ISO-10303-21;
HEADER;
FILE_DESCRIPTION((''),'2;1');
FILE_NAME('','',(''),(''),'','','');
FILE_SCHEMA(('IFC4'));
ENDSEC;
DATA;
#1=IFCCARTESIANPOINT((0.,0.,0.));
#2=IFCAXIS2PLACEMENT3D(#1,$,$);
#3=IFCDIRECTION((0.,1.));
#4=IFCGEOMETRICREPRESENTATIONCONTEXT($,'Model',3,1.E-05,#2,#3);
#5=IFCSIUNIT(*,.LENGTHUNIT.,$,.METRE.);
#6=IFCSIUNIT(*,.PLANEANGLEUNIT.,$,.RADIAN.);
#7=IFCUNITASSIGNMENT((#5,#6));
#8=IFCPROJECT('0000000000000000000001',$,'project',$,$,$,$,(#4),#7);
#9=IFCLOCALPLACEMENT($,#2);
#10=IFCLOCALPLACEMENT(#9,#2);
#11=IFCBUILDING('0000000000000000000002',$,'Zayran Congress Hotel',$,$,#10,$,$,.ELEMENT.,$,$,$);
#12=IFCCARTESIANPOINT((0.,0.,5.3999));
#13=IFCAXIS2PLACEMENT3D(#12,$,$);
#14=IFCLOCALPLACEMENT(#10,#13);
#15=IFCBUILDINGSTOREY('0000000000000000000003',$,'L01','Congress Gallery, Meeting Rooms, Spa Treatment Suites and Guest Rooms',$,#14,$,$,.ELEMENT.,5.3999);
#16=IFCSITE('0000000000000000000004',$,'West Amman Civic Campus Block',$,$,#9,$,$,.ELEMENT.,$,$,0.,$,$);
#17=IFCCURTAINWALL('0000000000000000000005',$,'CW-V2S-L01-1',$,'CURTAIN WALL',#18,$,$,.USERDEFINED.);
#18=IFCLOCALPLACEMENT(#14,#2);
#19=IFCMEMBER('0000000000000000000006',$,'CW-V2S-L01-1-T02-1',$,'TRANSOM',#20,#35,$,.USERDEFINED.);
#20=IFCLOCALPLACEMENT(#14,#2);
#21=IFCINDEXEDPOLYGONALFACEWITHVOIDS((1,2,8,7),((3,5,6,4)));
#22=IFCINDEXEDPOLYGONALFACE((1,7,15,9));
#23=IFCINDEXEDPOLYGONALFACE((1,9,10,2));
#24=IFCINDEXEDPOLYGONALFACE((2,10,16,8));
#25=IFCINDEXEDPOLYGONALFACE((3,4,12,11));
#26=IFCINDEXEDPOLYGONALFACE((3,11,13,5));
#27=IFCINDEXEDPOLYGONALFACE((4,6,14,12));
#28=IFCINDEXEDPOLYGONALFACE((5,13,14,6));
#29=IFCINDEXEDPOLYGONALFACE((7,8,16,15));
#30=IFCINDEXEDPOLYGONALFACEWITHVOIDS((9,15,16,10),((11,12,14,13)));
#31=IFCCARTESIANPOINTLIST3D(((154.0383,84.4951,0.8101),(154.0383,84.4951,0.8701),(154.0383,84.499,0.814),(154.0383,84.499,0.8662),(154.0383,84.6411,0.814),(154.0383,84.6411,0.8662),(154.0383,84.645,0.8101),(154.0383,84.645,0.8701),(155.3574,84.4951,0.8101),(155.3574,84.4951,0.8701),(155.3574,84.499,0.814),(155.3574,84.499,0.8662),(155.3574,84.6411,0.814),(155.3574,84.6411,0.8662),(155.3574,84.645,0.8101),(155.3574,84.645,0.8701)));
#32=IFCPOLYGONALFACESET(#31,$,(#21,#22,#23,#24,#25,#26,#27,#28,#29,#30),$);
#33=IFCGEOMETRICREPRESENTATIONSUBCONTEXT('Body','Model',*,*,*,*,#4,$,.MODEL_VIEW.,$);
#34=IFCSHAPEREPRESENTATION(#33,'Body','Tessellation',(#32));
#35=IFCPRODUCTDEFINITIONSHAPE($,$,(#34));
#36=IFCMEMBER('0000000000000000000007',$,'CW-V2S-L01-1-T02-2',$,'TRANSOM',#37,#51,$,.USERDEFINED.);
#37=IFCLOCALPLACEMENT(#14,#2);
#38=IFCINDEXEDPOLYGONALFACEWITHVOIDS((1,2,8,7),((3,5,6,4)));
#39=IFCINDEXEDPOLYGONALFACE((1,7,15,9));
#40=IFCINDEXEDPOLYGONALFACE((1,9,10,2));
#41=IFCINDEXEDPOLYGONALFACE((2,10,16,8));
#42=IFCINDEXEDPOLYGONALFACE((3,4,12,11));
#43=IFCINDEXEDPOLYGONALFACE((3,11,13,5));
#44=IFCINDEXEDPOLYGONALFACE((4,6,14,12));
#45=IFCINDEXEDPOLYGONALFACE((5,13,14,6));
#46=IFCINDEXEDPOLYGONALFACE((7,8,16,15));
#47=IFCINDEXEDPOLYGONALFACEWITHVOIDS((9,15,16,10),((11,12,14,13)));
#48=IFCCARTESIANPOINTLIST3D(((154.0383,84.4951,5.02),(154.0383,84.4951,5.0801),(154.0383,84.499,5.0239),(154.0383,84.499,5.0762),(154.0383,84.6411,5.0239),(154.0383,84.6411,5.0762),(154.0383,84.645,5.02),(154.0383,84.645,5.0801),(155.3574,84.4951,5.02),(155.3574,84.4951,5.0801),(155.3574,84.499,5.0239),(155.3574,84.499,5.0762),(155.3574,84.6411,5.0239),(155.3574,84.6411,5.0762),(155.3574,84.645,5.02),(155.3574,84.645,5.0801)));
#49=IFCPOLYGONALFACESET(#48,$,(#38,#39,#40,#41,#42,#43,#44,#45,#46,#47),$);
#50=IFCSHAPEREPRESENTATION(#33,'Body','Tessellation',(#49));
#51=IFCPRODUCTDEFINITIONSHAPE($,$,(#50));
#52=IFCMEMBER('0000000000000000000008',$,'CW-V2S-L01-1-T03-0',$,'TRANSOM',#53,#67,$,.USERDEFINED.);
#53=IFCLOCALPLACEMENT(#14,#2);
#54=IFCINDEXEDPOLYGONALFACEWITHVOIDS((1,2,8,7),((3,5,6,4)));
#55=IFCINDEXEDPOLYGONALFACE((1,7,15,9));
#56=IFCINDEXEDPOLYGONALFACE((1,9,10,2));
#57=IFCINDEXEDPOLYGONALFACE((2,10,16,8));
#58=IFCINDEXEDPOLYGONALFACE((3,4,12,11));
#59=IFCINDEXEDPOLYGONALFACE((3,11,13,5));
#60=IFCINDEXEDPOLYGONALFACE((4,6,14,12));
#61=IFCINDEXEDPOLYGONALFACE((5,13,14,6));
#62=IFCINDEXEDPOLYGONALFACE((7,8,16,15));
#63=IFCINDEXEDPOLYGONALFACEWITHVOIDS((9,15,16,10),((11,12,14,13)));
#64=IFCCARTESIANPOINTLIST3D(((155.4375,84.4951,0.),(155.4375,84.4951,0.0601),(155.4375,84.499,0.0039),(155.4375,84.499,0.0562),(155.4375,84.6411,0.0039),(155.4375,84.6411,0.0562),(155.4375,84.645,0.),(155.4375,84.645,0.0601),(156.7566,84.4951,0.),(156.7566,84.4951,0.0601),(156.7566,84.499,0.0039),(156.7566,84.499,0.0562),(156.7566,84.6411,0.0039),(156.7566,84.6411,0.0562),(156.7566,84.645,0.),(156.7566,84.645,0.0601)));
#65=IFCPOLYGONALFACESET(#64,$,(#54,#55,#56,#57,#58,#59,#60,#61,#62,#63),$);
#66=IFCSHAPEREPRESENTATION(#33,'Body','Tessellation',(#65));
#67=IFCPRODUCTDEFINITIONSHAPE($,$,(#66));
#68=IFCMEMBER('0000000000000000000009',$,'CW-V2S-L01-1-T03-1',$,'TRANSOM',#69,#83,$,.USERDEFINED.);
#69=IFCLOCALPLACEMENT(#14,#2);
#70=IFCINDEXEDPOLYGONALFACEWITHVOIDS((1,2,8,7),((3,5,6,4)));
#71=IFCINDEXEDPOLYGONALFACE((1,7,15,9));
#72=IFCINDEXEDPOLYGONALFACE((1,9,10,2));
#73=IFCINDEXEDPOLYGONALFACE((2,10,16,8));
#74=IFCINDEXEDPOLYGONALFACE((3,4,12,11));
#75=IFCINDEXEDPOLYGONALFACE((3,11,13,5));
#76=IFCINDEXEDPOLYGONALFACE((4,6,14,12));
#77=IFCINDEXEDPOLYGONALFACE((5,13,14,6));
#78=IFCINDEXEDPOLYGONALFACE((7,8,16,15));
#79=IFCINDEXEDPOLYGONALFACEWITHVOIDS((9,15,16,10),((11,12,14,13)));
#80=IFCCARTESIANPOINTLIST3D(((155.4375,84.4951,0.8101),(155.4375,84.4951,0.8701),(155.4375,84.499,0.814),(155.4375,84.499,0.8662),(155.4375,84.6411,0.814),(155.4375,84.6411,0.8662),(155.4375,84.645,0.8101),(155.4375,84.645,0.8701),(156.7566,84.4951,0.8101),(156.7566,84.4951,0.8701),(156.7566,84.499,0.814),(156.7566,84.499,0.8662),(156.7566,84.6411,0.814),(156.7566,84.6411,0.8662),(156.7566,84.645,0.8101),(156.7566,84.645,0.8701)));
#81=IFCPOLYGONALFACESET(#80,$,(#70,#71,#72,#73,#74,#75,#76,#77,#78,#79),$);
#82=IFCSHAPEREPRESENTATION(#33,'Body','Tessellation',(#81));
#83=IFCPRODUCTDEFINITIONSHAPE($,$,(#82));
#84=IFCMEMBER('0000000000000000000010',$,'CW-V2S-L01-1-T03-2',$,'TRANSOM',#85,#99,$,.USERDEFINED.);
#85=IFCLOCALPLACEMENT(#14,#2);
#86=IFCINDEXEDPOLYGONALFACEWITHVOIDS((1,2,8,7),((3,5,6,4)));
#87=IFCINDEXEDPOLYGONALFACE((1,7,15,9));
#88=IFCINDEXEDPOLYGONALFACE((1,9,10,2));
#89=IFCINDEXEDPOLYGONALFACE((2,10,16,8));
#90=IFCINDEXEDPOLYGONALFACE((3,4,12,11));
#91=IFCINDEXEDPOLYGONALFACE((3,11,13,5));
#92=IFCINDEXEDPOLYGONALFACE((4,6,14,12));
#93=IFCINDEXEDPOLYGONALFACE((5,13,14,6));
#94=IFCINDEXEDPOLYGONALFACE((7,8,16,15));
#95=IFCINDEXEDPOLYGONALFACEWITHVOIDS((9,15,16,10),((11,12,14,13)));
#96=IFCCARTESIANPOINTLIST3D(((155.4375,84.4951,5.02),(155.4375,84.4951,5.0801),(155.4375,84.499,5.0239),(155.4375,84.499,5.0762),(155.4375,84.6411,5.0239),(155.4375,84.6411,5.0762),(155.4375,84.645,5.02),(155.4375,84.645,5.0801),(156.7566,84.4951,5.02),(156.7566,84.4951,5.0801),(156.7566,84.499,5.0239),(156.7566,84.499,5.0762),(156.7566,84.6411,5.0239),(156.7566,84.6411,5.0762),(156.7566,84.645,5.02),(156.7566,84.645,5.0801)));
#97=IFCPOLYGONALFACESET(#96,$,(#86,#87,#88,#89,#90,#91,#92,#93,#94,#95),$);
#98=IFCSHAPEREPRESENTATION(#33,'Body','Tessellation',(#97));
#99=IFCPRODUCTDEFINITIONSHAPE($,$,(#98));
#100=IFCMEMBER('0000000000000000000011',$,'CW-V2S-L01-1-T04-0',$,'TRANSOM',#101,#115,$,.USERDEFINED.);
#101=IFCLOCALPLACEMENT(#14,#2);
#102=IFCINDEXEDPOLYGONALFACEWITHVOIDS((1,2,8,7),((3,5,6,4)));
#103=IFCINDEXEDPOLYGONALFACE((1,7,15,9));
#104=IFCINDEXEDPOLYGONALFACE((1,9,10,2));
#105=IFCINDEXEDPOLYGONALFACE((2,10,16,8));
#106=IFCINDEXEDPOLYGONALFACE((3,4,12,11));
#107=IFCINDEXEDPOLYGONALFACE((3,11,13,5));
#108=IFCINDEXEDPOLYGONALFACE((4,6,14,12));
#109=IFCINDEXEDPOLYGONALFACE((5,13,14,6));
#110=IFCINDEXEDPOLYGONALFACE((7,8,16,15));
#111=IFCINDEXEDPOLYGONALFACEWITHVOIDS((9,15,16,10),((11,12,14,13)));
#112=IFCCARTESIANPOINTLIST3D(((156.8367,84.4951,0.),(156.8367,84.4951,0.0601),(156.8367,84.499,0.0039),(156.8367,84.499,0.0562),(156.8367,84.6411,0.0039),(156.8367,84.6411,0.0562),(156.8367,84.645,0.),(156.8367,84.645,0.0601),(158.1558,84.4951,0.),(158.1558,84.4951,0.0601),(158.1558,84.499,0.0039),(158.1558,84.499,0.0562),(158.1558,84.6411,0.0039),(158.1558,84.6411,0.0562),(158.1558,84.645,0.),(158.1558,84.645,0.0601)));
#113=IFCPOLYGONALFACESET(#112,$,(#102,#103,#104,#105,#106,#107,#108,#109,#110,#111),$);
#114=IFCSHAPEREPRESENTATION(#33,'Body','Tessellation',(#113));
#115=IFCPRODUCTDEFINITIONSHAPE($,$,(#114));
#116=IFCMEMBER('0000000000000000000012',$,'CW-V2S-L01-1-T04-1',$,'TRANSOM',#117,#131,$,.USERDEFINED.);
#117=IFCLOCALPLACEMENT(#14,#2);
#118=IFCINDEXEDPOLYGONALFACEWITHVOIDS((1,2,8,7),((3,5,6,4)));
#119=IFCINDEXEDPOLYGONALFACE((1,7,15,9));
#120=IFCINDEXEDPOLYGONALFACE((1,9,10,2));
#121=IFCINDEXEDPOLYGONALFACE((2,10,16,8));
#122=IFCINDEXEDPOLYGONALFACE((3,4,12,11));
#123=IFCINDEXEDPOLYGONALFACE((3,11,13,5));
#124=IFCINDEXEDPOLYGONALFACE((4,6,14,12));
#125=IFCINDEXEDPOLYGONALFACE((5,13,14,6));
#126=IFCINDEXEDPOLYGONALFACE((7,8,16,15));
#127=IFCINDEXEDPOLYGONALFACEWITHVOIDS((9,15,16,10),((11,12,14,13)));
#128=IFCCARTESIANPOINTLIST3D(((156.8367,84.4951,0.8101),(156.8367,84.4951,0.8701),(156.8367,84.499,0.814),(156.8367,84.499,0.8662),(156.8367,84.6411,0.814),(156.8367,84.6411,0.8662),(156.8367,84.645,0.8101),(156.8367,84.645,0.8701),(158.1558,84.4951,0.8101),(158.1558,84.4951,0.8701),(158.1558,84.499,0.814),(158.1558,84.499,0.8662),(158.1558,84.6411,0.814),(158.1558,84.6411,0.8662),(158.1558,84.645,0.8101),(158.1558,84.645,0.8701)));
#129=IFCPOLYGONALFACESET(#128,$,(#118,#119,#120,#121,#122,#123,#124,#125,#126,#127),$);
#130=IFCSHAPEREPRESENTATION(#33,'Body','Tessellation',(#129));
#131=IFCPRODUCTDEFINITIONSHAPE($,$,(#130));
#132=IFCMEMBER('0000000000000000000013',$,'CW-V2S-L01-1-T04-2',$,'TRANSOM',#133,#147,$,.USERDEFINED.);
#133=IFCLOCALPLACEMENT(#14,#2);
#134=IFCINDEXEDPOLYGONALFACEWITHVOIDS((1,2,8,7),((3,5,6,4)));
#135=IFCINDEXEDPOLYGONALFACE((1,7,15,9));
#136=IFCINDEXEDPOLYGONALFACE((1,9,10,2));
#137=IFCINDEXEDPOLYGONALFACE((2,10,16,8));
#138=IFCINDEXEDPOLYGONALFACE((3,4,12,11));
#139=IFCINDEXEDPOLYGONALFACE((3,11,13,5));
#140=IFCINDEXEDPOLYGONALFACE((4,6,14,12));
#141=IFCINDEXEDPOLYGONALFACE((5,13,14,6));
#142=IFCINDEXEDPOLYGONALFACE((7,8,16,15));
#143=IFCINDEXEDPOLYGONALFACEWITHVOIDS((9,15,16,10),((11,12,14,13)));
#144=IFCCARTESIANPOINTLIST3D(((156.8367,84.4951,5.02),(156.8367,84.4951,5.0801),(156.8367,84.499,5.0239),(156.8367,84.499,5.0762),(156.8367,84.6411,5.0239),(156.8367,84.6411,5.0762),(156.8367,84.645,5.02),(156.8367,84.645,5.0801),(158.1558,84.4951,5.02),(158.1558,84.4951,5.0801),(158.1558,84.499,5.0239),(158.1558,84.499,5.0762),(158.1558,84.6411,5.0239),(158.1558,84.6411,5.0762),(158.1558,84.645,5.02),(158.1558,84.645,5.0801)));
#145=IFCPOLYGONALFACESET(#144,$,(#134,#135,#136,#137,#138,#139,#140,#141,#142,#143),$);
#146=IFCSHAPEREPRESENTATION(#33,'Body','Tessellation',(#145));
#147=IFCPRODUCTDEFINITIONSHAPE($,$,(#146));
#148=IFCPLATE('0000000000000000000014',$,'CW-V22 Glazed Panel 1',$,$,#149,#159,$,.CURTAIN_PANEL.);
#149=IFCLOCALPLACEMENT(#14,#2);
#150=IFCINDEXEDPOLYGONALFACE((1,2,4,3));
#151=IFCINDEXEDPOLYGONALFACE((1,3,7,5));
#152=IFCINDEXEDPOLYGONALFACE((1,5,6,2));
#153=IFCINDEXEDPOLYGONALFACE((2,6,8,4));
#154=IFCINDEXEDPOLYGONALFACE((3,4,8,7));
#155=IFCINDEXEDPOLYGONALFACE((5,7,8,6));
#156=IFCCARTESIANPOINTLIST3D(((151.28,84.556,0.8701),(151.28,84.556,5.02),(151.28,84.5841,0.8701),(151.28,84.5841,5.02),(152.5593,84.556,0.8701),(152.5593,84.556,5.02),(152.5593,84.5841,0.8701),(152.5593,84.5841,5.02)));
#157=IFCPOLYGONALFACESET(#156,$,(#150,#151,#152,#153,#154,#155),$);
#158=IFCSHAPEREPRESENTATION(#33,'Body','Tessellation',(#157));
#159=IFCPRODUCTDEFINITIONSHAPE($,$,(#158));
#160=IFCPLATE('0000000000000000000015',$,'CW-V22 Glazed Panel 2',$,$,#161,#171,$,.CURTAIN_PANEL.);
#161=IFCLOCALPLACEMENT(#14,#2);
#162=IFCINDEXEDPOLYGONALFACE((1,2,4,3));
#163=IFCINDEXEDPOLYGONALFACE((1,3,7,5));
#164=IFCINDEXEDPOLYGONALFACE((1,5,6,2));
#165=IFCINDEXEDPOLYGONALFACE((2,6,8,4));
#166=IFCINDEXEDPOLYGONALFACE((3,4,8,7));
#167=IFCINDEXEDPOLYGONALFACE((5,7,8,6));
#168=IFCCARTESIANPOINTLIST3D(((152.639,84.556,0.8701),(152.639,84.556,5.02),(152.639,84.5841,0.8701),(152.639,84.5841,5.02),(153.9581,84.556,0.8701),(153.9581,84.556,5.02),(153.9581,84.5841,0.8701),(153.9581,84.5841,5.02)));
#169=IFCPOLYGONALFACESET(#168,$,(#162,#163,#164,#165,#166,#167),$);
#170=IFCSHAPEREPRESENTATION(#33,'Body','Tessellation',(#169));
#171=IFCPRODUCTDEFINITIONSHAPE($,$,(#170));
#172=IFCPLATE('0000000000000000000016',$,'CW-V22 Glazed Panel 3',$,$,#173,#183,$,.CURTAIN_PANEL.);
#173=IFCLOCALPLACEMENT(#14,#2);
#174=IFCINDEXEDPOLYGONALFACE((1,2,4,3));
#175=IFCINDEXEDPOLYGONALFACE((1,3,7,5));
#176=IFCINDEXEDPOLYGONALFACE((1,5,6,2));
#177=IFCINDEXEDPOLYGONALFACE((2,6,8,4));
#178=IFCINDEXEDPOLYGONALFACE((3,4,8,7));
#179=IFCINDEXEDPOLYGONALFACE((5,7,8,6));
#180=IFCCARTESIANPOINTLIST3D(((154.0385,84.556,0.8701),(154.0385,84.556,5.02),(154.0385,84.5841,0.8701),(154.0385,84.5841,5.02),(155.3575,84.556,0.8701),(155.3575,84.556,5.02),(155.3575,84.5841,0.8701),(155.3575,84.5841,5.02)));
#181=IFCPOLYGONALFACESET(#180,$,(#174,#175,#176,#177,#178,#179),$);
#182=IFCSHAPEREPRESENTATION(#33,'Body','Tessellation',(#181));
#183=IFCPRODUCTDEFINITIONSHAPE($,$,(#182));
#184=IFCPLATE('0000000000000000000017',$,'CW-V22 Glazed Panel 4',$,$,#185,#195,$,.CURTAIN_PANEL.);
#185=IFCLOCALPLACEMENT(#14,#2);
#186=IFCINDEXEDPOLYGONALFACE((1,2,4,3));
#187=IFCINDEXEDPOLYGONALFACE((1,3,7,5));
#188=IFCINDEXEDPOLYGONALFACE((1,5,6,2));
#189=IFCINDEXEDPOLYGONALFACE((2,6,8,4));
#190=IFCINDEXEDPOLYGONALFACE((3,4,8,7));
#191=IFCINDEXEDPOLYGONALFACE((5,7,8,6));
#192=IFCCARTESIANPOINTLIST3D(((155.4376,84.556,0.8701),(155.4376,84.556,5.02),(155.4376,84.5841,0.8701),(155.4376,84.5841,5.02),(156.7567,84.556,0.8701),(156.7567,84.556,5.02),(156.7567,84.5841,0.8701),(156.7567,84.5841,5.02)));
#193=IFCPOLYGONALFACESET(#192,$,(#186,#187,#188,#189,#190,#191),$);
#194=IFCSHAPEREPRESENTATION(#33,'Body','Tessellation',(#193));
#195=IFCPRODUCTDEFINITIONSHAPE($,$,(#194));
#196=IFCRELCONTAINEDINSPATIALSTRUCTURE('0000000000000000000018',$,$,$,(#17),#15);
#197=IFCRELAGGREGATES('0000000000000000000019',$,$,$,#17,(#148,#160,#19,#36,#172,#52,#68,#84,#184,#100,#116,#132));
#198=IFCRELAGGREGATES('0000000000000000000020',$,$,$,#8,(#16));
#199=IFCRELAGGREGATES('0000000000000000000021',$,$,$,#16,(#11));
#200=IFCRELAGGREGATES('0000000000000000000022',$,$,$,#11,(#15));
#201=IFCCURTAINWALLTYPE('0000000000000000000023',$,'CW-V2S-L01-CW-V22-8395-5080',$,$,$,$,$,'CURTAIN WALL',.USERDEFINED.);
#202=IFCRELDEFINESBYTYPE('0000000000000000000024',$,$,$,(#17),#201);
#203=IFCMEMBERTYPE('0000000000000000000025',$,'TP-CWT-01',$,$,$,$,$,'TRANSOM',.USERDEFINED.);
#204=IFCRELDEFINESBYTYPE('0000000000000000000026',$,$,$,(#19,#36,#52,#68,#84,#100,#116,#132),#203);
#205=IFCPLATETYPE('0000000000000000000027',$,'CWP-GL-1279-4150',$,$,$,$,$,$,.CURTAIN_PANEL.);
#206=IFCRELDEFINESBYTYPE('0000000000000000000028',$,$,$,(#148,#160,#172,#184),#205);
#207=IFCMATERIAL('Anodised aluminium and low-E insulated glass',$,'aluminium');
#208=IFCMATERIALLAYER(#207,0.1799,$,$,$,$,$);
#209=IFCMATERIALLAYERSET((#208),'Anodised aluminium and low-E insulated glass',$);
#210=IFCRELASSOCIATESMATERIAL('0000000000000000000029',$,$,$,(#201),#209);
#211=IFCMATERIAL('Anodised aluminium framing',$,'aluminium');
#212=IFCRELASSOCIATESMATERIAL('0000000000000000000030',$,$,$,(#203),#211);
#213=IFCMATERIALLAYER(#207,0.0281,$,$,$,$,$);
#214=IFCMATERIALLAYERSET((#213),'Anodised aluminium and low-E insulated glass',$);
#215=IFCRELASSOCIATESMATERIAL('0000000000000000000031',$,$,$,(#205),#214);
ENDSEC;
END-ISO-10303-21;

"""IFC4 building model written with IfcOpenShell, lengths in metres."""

from ifc_helpers import new_model, si_unit, direction, frame, origin, origin_2d, place, context, subcontext, project, spatial, rectangle, hollow_rectangle, extrude, material, layer, layer_set, material_profile, profile_set, type_object, element, aggregate, save


model = new_model("IFC4")

# Units and contexts
model_context = context("Model", 3, precision=1e-05, world=origin(), true_north=direction((0.0, 1.0)))
body_context = subcontext(model_context, "Body", "Model", "MODEL_VIEW")
ifc_project = project(units=[si_unit("LENGTHUNIT", "METRE"), si_unit("PLANEANGLEUNIT", "RADIAN")], contexts=[model_context])

# Site, building, storey
site_placement = place(None, origin())
site = spatial("IfcSite", under=ifc_project, at=site_placement, Name="West Amman Civic Campus Block", CompositionType="ELEMENT", RefElevation=0.0)
building_placement = place(site_placement, origin())
building = spatial("IfcBuilding", under=site, at=building_placement, Name="Zayran Congress Hotel", CompositionType="ELEMENT")
storey_placement = place(building_placement, frame((0.0, 0.0, 5.3999)))
storey = spatial("IfcBuildingStorey", under=building, at=storey_placement, Name="L01", Description="Congress Gallery, Meeting Rooms, Spa Treatment Suites and Guest Rooms", CompositionType="ELEMENT", Elevation=5.3999)

# Curtain wall, members, plates
ifc_material_1 = material(Name="Anodised aluminium and low-E insulated glass", Category="aluminium")
ifc_layer_1 = layer(ifc_material_1, 0.1799)
ifc_layer_set_1 = layer_set([ifc_layer_1], Name="Anodised aluminium and low-E insulated glass")
curtain_wall_type = type_object("IfcCurtainWallType", Name="CW-V2S-L01-CW-V22-8395-5080", ElementType="CURTAIN WALL", PredefinedType="USERDEFINED", material=ifc_layer_set_1)
curtain_wall_placement = place(storey_placement, origin())
curtain_wall = element("IfcCurtainWall", 1, at=curtain_wall_placement, inside=storey, type_object=curtain_wall_type, Name="CW-V2S-L01-1", ObjectType="CURTAIN WALL", PredefinedType="USERDEFINED")
ifc_material_2 = material(Name="Anodised aluminium framing", Category="aluminium")
ifc_material_profile_1 = material_profile(ifc_material_2, hollow_rectangle(XDim=0.0601, YDim=0.1499, WallThickness=0.0039, at=origin_2d()), Name="RHS 150x60x4")
ifc_profile_set_1 = profile_set([ifc_material_profile_1], Name="Anodised aluminium framing")
member_type_1 = type_object("IfcMemberType", Name="TP-CWT-01", ElementType="TRANSOM", PredefinedType="USERDEFINED", material=ifc_profile_set_1)
member_1_placement = place(storey_placement, frame((154.0383, 84.5701, 0.8401), z_axis=(1.0, 0.0, 0.0), x_axis=(0.0, 0.0, 1.0)))
member_1 = element("IfcMember", 2, at=member_1_placement, type_object=member_type_1, Name="CW-V2S-L01-1-T02-1", ObjectType="TRANSOM", PredefinedType="USERDEFINED", context=body_context, shape_type="SweptSolid", body=[
    extrude(hollow_rectangle(XDim=0.0601, YDim=0.1499, WallThickness=0.0039, at=origin_2d()), origin(), (0.0, 0.0, 1.0), 1.3191),
])
member_2_placement = place(storey_placement, frame((154.0383, 84.5701, 5.05), z_axis=(1.0, 0.0, 0.0), x_axis=(0.0, 0.0, 1.0)))
member_2 = element("IfcMember", 3, at=member_2_placement, type_object=member_type_1, Name="CW-V2S-L01-1-T02-2", ObjectType="TRANSOM", PredefinedType="USERDEFINED", context=body_context, shape_type="SweptSolid", body=[
    extrude(hollow_rectangle(XDim=0.0601, YDim=0.1499, WallThickness=0.0039, at=origin_2d()), origin(), (0.0, 0.0, 1.0), 1.3191),
])
member_3_placement = place(storey_placement, frame((155.4375, 84.5701, 0.03), z_axis=(1.0, 0.0, 0.0), x_axis=(0.0, 0.0, 1.0)))
member_3 = element("IfcMember", 4, at=member_3_placement, type_object=member_type_1, Name="CW-V2S-L01-1-T03-0", ObjectType="TRANSOM", PredefinedType="USERDEFINED", context=body_context, shape_type="SweptSolid", body=[
    extrude(hollow_rectangle(XDim=0.0601, YDim=0.1499, WallThickness=0.0039, at=origin_2d()), origin(), (0.0, 0.0, 1.0), 1.3191),
])
member_4_placement = place(storey_placement, frame((155.4375, 84.5701, 0.8401), z_axis=(1.0, 0.0, 0.0), x_axis=(0.0, 0.0, 1.0)))
member_4 = element("IfcMember", 5, at=member_4_placement, type_object=member_type_1, Name="CW-V2S-L01-1-T03-1", ObjectType="TRANSOM", PredefinedType="USERDEFINED", context=body_context, shape_type="SweptSolid", body=[
    extrude(hollow_rectangle(XDim=0.0601, YDim=0.1499, WallThickness=0.0039, at=origin_2d()), origin(), (0.0, 0.0, 1.0), 1.3191),
])
member_5_placement = place(storey_placement, frame((155.4375, 84.5701, 5.05), z_axis=(1.0, 0.0, 0.0), x_axis=(0.0, 0.0, 1.0)))
member_5 = element("IfcMember", 6, at=member_5_placement, type_object=member_type_1, Name="CW-V2S-L01-1-T03-2", ObjectType="TRANSOM", PredefinedType="USERDEFINED", context=body_context, shape_type="SweptSolid", body=[
    extrude(hollow_rectangle(XDim=0.0601, YDim=0.1499, WallThickness=0.0039, at=origin_2d()), origin(), (0.0, 0.0, 1.0), 1.3191),
])
member_6_placement = place(storey_placement, frame((156.8367, 84.5701, 0.03), z_axis=(1.0, 0.0, 0.0), x_axis=(0.0, 0.0, 1.0)))
member_6 = element("IfcMember", 7, at=member_6_placement, type_object=member_type_1, Name="CW-V2S-L01-1-T04-0", ObjectType="TRANSOM", PredefinedType="USERDEFINED", context=body_context, shape_type="SweptSolid", body=[
    extrude(hollow_rectangle(XDim=0.0601, YDim=0.1499, WallThickness=0.0039, at=origin_2d()), origin(), (0.0, 0.0, 1.0), 1.3191),
])
member_7_placement = place(storey_placement, frame((156.8367, 84.5701, 0.8401), z_axis=(1.0, 0.0, 0.0), x_axis=(0.0, 0.0, 1.0)))
member_7 = element("IfcMember", 8, at=member_7_placement, type_object=member_type_1, Name="CW-V2S-L01-1-T04-1", ObjectType="TRANSOM", PredefinedType="USERDEFINED", context=body_context, shape_type="SweptSolid", body=[
    extrude(hollow_rectangle(XDim=0.0601, YDim=0.1499, WallThickness=0.0039, at=origin_2d()), origin(), (0.0, 0.0, 1.0), 1.3191),
])
member_8_placement = place(storey_placement, frame((156.8367, 84.5701, 5.05), z_axis=(1.0, 0.0, 0.0), x_axis=(0.0, 0.0, 1.0)))
member_8 = element("IfcMember", 9, at=member_8_placement, type_object=member_type_1, Name="CW-V2S-L01-1-T04-2", ObjectType="TRANSOM", PredefinedType="USERDEFINED", context=body_context, shape_type="SweptSolid", body=[
    extrude(hollow_rectangle(XDim=0.0601, YDim=0.1499, WallThickness=0.0039, at=origin_2d()), origin(), (0.0, 0.0, 1.0), 1.3191),
])
ifc_layer_2 = layer(ifc_material_1, 0.0281)
ifc_layer_set_2 = layer_set([ifc_layer_2], Name="Anodised aluminium and low-E insulated glass")
plate_type_1 = type_object("IfcPlateType", Name="CWP-GL-1279-4150", PredefinedType="CURTAIN_PANEL", material=ifc_layer_set_2)
plate_1_placement = place(storey_placement, frame((151.9197, 84.5701, 0.8701), z_axis=(0.0, 0.0, 1.0), x_axis=(1.0, 0.0, 0.0)))
plate_1 = element("IfcPlate", 10, at=plate_1_placement, type_object=plate_type_1, Name="CW-V22 Glazed Panel 1", PredefinedType="CURTAIN_PANEL", context=body_context, shape_type="SweptSolid", body=[
    extrude(rectangle(XDim=1.2793, YDim=0.0281, at=origin_2d()), origin(), (0.0, 0.0, 1.0), 4.1499),
])
plate_2_placement = place(storey_placement, frame((153.2986, 84.5701, 0.8701), z_axis=(0.0, 0.0, 1.0), x_axis=(1.0, 0.0, 0.0)))
plate_2 = element("IfcPlate", 11, at=plate_2_placement, type_object=plate_type_1, Name="CW-V22 Glazed Panel 2", PredefinedType="CURTAIN_PANEL", context=body_context, shape_type="SweptSolid", body=[
    extrude(rectangle(XDim=1.3191, YDim=0.0281, at=origin_2d()), origin(), (0.0, 0.0, 1.0), 4.1499),
])
plate_3_placement = place(storey_placement, frame((154.698, 84.5701, 0.8701), z_axis=(0.0, 0.0, 1.0), x_axis=(1.0, 0.0, 0.0)))
plate_3 = element("IfcPlate", 12, at=plate_3_placement, type_object=plate_type_1, Name="CW-V22 Glazed Panel 3", PredefinedType="CURTAIN_PANEL", context=body_context, shape_type="SweptSolid", body=[
    extrude(rectangle(XDim=1.3191, YDim=0.0281, at=origin_2d()), origin(), (0.0, 0.0, 1.0), 4.1499),
])
plate_4_placement = place(storey_placement, frame((156.0972, 84.5701, 0.8701), z_axis=(0.0, 0.0, 1.0), x_axis=(1.0, 0.0, 0.0)))
plate_4 = element("IfcPlate", 13, at=plate_4_placement, type_object=plate_type_1, Name="CW-V22 Glazed Panel 4", PredefinedType="CURTAIN_PANEL", context=body_context, shape_type="SweptSolid", body=[
    extrude(rectangle(XDim=1.3191, YDim=0.0281, at=origin_2d()), origin(), (0.0, 0.0, 1.0), 4.1499),
])
aggregate(curtain_wall, [plate_1, plate_2, member_1, member_2, plate_3, member_3, member_4, member_5, plate_4, member_6, member_7, member_8])

save(model, "model.ifc")
